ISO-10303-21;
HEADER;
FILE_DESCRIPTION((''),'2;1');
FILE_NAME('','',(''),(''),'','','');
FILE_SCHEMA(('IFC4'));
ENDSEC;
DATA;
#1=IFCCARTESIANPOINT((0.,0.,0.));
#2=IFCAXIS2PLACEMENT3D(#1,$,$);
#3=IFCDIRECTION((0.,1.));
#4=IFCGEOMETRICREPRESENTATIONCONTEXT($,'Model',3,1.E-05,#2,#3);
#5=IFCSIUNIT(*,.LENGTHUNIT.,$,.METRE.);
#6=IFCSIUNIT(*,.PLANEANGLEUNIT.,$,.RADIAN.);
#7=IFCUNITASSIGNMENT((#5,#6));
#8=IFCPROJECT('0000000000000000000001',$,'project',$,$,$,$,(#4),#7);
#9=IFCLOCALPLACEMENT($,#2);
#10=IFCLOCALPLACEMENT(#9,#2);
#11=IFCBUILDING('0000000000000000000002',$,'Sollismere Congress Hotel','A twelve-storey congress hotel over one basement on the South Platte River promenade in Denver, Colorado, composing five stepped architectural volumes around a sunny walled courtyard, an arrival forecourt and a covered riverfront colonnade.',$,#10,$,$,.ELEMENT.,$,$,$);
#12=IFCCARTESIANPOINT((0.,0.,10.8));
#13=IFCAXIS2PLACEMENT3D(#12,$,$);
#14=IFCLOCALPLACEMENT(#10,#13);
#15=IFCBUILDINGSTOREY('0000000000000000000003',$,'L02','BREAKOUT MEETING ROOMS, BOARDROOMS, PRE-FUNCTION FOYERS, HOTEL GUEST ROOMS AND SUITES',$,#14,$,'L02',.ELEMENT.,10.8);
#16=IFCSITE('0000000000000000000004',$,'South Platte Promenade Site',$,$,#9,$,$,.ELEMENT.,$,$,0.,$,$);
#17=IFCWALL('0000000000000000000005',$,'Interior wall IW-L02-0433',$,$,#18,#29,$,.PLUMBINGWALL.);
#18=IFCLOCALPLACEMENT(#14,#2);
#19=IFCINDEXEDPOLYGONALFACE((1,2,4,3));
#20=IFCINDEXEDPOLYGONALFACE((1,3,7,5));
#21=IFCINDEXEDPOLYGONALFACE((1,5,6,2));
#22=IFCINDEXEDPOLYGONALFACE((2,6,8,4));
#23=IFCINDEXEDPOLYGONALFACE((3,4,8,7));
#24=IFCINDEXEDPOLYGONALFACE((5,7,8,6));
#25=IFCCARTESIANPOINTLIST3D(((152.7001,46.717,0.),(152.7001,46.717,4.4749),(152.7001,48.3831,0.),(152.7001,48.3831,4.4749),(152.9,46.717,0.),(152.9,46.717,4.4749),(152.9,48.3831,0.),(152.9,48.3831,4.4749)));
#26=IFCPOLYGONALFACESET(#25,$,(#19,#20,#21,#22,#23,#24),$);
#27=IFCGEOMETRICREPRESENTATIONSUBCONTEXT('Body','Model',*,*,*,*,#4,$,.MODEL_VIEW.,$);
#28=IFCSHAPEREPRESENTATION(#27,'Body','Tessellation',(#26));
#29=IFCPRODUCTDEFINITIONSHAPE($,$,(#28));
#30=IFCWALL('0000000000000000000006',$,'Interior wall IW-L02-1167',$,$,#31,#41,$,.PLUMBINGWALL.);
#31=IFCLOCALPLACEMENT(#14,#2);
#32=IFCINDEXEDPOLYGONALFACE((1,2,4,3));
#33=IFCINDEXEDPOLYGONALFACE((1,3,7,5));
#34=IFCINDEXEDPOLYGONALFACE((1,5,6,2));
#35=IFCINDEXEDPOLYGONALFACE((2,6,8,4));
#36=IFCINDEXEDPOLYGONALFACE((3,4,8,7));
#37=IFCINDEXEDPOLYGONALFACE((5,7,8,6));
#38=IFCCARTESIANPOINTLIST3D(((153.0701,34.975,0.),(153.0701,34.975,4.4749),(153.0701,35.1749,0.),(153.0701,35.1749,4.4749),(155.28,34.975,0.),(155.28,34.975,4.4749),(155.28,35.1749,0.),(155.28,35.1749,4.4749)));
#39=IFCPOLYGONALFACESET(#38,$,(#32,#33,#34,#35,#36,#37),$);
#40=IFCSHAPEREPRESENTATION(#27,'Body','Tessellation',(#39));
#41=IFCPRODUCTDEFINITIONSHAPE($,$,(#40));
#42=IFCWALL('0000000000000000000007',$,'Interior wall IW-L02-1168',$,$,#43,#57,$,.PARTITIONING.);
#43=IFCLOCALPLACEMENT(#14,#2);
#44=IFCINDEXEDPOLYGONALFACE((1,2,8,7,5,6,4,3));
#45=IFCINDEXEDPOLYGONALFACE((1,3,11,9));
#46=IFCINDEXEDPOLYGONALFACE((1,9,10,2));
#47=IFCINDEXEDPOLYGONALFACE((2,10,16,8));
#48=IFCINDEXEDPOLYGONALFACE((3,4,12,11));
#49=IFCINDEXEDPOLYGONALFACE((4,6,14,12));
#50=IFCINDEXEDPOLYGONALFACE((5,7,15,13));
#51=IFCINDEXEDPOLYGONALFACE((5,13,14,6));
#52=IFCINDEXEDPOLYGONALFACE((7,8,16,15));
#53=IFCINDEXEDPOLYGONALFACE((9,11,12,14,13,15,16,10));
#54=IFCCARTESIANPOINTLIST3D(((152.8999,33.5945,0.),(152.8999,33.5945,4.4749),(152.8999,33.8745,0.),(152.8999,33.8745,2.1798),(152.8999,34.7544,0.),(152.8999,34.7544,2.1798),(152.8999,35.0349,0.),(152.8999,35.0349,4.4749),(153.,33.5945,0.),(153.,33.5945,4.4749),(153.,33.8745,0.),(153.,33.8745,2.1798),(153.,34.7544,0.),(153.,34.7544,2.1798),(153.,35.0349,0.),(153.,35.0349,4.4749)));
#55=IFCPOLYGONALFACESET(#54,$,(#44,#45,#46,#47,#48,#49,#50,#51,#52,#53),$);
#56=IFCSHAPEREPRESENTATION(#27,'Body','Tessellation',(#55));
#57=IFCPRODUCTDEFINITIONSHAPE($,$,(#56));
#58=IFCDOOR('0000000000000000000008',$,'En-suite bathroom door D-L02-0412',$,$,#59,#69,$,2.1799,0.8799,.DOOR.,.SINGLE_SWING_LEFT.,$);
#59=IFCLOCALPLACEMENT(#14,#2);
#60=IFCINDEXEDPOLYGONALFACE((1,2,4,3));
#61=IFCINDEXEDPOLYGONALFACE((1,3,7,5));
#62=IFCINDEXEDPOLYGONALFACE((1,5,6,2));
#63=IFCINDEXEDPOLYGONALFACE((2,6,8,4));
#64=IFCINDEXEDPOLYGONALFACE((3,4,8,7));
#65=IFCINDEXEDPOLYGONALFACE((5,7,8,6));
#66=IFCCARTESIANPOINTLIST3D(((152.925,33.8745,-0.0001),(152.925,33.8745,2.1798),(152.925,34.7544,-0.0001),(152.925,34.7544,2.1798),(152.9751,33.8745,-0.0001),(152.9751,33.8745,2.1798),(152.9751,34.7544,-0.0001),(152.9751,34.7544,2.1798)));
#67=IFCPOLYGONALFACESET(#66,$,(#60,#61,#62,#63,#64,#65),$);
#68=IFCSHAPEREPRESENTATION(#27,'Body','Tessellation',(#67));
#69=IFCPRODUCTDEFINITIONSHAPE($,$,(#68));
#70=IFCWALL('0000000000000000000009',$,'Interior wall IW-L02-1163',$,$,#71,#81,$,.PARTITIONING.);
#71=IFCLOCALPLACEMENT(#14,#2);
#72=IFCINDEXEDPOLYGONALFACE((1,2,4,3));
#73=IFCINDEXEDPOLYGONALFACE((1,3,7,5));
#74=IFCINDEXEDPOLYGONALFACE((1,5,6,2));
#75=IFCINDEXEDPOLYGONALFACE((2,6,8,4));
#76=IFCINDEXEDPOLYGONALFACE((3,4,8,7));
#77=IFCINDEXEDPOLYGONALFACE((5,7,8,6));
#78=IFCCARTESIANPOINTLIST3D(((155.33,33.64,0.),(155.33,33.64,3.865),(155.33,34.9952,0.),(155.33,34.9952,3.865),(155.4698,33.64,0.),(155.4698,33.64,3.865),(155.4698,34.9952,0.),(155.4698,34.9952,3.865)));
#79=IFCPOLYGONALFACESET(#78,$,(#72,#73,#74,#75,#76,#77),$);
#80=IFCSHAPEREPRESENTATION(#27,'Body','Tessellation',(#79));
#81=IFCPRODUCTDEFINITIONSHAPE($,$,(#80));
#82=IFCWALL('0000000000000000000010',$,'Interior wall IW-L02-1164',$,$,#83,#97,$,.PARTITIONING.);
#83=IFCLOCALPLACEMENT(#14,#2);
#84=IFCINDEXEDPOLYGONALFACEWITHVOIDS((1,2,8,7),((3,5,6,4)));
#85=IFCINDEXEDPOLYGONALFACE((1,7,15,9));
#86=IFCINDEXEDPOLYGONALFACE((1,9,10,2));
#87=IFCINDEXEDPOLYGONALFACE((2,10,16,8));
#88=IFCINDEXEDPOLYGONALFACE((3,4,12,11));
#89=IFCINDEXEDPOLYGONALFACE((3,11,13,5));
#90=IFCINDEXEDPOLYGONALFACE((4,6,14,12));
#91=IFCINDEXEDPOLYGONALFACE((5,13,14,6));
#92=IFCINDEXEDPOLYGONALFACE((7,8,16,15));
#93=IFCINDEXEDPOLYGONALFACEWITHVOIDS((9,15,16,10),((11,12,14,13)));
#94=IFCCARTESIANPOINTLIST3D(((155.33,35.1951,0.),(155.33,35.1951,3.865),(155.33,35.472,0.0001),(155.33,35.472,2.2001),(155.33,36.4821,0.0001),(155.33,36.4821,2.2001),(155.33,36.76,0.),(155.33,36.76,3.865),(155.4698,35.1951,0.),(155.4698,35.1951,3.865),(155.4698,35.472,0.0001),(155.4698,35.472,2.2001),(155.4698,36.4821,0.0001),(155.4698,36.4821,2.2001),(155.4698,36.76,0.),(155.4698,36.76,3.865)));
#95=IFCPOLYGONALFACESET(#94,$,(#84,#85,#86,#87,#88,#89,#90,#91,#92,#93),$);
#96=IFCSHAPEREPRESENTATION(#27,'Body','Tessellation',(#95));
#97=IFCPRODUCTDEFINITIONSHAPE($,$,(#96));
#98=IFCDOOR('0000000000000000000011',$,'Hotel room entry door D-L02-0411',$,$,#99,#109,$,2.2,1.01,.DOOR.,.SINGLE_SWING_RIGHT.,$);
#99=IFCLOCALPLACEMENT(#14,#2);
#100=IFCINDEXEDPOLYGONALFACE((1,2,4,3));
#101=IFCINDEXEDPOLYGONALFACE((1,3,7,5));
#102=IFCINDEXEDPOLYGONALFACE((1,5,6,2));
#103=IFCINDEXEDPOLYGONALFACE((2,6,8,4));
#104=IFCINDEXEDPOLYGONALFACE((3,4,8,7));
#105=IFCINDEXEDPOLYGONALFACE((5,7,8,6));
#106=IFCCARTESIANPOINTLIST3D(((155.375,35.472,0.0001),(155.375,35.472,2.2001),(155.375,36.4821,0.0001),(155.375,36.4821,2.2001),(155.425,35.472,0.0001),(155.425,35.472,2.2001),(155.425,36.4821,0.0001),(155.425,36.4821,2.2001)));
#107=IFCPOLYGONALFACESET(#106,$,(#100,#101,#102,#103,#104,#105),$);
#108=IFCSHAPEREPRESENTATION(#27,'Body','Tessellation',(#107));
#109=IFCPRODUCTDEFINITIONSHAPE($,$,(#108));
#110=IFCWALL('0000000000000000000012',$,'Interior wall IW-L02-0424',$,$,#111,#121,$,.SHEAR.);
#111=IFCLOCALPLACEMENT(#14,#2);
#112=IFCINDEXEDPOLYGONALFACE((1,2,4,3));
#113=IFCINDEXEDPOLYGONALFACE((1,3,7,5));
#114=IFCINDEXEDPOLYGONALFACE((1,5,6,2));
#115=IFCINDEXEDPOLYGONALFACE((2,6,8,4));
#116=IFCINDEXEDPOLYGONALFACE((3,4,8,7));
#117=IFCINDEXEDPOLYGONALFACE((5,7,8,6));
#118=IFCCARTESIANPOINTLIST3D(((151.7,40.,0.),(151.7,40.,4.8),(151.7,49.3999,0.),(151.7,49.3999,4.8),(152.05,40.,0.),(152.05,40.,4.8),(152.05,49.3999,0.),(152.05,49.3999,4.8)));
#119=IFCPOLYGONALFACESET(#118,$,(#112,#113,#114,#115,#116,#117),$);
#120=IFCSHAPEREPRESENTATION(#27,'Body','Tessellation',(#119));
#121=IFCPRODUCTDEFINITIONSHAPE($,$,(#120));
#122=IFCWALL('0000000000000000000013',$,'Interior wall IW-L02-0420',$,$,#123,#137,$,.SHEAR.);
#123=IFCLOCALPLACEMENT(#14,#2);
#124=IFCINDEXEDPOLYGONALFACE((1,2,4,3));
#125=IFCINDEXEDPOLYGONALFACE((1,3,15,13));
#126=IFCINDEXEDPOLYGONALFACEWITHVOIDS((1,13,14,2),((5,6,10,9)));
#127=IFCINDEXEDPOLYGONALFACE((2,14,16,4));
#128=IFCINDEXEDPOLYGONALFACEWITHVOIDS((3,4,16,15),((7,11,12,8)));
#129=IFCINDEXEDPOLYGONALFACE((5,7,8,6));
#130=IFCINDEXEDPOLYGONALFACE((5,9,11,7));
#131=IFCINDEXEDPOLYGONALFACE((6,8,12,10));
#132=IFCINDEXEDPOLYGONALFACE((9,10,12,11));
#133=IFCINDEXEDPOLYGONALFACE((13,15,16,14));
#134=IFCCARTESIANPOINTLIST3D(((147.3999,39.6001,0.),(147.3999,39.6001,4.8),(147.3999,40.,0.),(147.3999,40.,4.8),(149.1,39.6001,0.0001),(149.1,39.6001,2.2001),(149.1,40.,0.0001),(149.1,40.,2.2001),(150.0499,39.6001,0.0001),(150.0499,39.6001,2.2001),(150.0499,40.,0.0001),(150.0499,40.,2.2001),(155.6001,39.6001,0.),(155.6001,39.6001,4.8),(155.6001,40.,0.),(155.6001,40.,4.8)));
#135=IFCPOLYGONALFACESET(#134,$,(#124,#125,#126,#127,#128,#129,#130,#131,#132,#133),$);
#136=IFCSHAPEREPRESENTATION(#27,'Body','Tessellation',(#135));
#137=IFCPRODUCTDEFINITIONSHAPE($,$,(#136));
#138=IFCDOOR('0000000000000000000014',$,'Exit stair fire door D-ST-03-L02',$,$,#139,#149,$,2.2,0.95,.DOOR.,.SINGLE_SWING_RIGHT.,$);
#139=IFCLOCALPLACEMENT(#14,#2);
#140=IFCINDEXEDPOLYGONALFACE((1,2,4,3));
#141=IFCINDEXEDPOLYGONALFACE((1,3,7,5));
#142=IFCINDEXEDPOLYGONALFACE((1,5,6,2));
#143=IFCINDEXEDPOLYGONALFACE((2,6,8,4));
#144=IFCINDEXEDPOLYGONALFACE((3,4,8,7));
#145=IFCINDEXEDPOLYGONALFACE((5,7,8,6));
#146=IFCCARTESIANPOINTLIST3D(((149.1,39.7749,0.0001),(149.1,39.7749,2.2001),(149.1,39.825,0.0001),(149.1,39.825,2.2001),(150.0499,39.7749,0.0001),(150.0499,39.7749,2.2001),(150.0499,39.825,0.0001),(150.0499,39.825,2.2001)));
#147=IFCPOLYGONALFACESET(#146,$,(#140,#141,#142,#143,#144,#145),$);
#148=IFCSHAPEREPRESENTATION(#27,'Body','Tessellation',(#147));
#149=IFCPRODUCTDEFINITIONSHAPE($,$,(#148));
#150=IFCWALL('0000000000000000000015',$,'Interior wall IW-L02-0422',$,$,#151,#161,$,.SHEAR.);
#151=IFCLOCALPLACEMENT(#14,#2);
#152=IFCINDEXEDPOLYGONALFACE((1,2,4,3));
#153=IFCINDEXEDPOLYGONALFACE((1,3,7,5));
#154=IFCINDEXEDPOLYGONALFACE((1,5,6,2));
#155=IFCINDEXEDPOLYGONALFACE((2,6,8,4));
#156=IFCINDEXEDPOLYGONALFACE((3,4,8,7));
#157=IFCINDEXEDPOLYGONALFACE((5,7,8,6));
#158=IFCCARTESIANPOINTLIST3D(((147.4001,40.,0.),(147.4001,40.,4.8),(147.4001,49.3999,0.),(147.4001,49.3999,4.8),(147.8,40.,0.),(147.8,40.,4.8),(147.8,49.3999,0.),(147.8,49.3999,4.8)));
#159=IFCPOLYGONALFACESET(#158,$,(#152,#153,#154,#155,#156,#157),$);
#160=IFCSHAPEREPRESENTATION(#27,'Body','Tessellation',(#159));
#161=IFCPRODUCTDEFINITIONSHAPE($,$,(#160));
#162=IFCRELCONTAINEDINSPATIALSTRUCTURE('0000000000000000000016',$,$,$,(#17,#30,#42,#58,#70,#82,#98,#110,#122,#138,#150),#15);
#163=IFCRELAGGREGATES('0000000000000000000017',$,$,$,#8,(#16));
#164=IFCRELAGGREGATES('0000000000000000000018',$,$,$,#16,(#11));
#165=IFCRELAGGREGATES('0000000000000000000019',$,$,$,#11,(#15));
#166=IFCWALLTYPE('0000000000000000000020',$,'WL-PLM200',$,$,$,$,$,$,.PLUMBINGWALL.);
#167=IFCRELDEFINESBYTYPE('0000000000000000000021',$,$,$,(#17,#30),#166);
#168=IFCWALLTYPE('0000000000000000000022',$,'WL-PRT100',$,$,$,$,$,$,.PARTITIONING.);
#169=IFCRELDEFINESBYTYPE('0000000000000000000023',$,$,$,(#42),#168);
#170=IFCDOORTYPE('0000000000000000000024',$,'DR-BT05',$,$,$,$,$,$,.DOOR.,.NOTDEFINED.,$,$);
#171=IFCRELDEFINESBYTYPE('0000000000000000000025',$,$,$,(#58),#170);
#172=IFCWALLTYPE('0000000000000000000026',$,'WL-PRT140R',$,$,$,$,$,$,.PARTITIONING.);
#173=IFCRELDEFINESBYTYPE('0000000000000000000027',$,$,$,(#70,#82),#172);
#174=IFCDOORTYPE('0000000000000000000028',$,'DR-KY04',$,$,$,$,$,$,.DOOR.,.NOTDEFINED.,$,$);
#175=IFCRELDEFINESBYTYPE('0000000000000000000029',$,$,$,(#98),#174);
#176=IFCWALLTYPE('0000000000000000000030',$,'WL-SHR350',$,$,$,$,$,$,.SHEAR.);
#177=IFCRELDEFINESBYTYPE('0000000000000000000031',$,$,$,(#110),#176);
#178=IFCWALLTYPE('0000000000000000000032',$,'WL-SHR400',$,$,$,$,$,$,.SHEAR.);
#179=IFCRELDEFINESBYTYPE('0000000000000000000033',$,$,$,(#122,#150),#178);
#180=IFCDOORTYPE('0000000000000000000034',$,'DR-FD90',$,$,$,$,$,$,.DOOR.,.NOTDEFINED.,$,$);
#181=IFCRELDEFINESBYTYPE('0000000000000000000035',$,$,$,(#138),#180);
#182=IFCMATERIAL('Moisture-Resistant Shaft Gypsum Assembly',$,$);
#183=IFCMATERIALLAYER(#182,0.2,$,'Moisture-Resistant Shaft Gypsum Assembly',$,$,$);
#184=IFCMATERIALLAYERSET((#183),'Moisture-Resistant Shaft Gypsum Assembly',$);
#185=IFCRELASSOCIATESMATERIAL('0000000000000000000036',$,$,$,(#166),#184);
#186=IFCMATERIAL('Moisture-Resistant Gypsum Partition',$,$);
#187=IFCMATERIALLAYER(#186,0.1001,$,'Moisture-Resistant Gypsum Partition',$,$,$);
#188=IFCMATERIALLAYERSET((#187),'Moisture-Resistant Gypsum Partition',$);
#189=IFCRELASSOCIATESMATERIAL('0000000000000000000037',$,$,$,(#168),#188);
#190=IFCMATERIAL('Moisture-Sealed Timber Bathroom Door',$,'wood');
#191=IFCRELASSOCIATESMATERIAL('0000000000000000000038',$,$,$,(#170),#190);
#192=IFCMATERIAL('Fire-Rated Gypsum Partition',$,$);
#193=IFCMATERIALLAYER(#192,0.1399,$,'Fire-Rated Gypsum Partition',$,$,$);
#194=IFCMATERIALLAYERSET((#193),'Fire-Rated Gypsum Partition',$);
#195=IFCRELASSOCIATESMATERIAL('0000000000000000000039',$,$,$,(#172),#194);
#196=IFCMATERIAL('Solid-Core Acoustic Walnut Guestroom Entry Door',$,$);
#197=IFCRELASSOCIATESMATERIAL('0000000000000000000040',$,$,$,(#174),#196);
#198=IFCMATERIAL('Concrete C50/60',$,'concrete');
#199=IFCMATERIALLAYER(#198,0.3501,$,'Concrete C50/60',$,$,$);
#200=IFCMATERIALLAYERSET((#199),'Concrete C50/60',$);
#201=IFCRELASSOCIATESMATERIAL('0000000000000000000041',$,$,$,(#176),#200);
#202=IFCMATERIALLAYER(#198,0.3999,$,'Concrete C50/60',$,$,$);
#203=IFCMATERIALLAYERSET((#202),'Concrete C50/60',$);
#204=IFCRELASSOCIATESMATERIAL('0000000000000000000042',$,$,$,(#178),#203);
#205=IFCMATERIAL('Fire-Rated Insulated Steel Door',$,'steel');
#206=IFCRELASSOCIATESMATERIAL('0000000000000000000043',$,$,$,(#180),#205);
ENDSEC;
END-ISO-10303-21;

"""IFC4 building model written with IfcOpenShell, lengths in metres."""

from ifc_helpers import new_model, si_unit, direction, frame, frame_2d, origin, place, context, subcontext, project, spatial, rectangle, extrude, material, layer, layer_set, type_object, element, fill, save


model = new_model("IFC4")

# Units and contexts
model_context = context("Model", 3, precision=1e-05, world=origin(), true_north=direction((0.0, 1.0)))
body_context = subcontext(model_context, "Body", "Model", "MODEL_VIEW")
ifc_project = project(units=[si_unit("LENGTHUNIT", "METRE"), si_unit("PLANEANGLEUNIT", "RADIAN")], contexts=[model_context])

# Site, building, storey
site_placement = place(None, origin())
site = spatial("IfcSite", under=ifc_project, at=site_placement, Name="South Platte Promenade Site", CompositionType="ELEMENT", RefElevation=0.0)
building_placement = place(site_placement, origin())
building = spatial("IfcBuilding", under=site, at=building_placement, Name="Sollismere Congress Hotel", Description="A twelve-storey congress hotel over one basement on the South Platte River promenade in Denver, Colorado, composing five stepped architectural volumes around a sunny walled courtyard, an arrival forecourt and a covered riverfront colonnade.", CompositionType="ELEMENT")
storey_placement = place(building_placement, frame((0.0, 0.0, 10.8)))
storey = spatial("IfcBuildingStorey", under=building, at=storey_placement, Name="L02", Description="BREAKOUT MEETING ROOMS, BOARDROOMS, PRE-FUNCTION FOYERS, HOTEL GUEST ROOMS AND SUITES", LongName="L02", CompositionType="ELEMENT", Elevation=10.8)

# Walls
ifc_material_1 = material(Name="Moisture-Resistant Shaft Gypsum Assembly")
ifc_layer_1 = layer(ifc_material_1, 0.2, Name="Moisture-Resistant Shaft Gypsum Assembly")
ifc_layer_set_1 = layer_set([ifc_layer_1], Name="Moisture-Resistant Shaft Gypsum Assembly")
wall_type_1 = type_object("IfcWallType", Name="WL-PLM200", PredefinedType="PLUMBINGWALL", material=ifc_layer_set_1)
wall_1_placement = place(storey_placement, frame((152.8, 46.717, 0.0), z_axis=(0.0, 0.0, 1.0), x_axis=(0.0, 1.0, 0.0)))
element("IfcWall", 1, at=wall_1_placement, inside=storey, type_object=wall_type_1, Name="Interior wall IW-L02-0433", PredefinedType="PLUMBINGWALL", context=body_context, shape_type="SweptSolid", body=[
    extrude(rectangle(XDim=1.666, YDim=0.2, at=frame_2d((0.833, 0.0))), origin(), (0.0, 0.0, 1.0), 4.4749),
])
wall_2_placement = place(storey_placement, frame((153.0701, 35.075, 0.0), z_axis=(0.0, 0.0, 1.0), x_axis=(1.0, 0.0, 0.0)))
element("IfcWall", 2, at=wall_2_placement, inside=storey, type_object=wall_type_1, Name="Interior wall IW-L02-1167", PredefinedType="PLUMBINGWALL", context=body_context, shape_type="SweptSolid", body=[
    extrude(rectangle(XDim=2.21, YDim=0.2, at=frame_2d((1.105, 0.0))), origin(), (0.0, 0.0, 1.0), 4.4749),
])

# Wall, opening, door
ifc_material_2 = material(Name="Moisture-Resistant Gypsum Partition")
ifc_layer_2 = layer(ifc_material_2, 0.1001, Name="Moisture-Resistant Gypsum Partition")
ifc_layer_set_2 = layer_set([ifc_layer_2], Name="Moisture-Resistant Gypsum Partition")
wall_type_2 = type_object("IfcWallType", Name="WL-PRT100", PredefinedType="PARTITIONING", material=ifc_layer_set_2)
wall_3_placement = place(storey_placement, frame((152.95, 33.5945, 0.0), z_axis=(0.0, 0.0, 1.0), x_axis=(0.0, 1.0, 0.0)))
wall_3 = element("IfcWall", 3, at=wall_3_placement, inside=storey, type_object=wall_type_2, Name="Interior wall IW-L02-1168", PredefinedType="PARTITIONING", context=body_context, shape_type="SweptSolid", body=[
    extrude(rectangle(XDim=1.4404, YDim=0.1001, at=frame_2d((0.7202, 0.0))), origin(), (0.0, 0.0, 1.0), 4.4749),
])
opening_1_placement = place(wall_3_placement, frame((0.28, 0.0, 0.0)))
opening_1 = element("IfcOpeningElement", 4, at=opening_1_placement, cuts=wall_3, PredefinedType="OPENING", context=body_context, shape_type="SweptSolid", body=[
    extrude(rectangle(XDim=0.8799, YDim=2.1799, at=frame_2d((0.4399, 1.0898))), frame((0.0, 0.0601, 0.0), z_axis=(0.0, -1.0, 0.0), x_axis=(1.0, 0.0, 0.0)), (0.0, 0.0, 1.0), 0.1201),
])
ifc_material_3 = material(Name="Moisture-Sealed Timber Bathroom Door", Category="wood")
door_type_1 = type_object("IfcDoorType", Name="DR-BT05", OperationType="NOTDEFINED", PredefinedType="DOOR", material=ifc_material_3)
door_1_placement = place(opening_1_placement, origin())
door_1 = element("IfcDoor", 5, at=door_1_placement, inside=storey, type_object=door_type_1, Name="En-suite bathroom door D-L02-0412", OperationType="SINGLE_SWING_LEFT", OverallHeight=2.1799, OverallWidth=0.8799, PredefinedType="DOOR", context=body_context, shape_type="SweptSolid", body=[
    extrude(rectangle(XDim=0.8799, YDim=2.1799, at=frame_2d((0.4399, 1.0898))), frame((0.0, 0.0249, 0.0), z_axis=(0.0, -1.0, 0.0), x_axis=(1.0, 0.0, 0.0)), (0.0, 0.0, 1.0), 0.05),
])
fill(opening_1, door_1)

# Wall
ifc_material_4 = material(Name="Fire-Rated Gypsum Partition")
ifc_layer_3 = layer(ifc_material_4, 0.1399, Name="Fire-Rated Gypsum Partition")
ifc_layer_set_3 = layer_set([ifc_layer_3], Name="Fire-Rated Gypsum Partition")
wall_type_3 = type_object("IfcWallType", Name="WL-PRT140R", PredefinedType="PARTITIONING", material=ifc_layer_set_3)
wall_4_placement = place(storey_placement, frame((155.3999, 33.6399, 0.0), z_axis=(0.0, 0.0, 1.0), x_axis=(0.0, 1.0, 0.0)))
element("IfcWall", 6, at=wall_4_placement, inside=storey, type_object=wall_type_3, Name="Interior wall IW-L02-1163", PredefinedType="PARTITIONING", context=body_context, shape_type="SweptSolid", body=[
    extrude(rectangle(XDim=1.3552, YDim=0.1399, at=frame_2d((0.6777, 0.0))), origin(), (0.0, 0.0, 1.0), 3.865),
])

# Wall, opening, door
wall_5_placement = place(storey_placement, frame((155.3999, 35.1951, 0.0), z_axis=(0.0, 0.0, 1.0), x_axis=(0.0, 1.0, 0.0)))
wall_5 = element("IfcWall", 7, at=wall_5_placement, inside=storey, type_object=wall_type_3, Name="Interior wall IW-L02-1164", PredefinedType="PARTITIONING", context=body_context, shape_type="SweptSolid", body=[
    extrude(rectangle(XDim=1.5649, YDim=0.1399, at=frame_2d((0.7825, 0.0))), origin(), (0.0, 0.0, 1.0), 3.865),
])
opening_2_placement = place(wall_5_placement, frame((0.2771, 0.0, 0.0)))
opening_2 = element("IfcOpeningElement", 8, at=opening_2_placement, cuts=wall_5, PredefinedType="OPENING", context=body_context, shape_type="SweptSolid", body=[
    extrude(rectangle(XDim=1.01, YDim=2.2, at=frame_2d((0.5049, 1.1001))), frame((0.0, 0.0798, 0.0), z_axis=(0.0, -1.0, 0.0), x_axis=(1.0, 0.0, 0.0)), (0.0, 0.0, 1.0), 0.1599),
])
ifc_material_5 = material(Name="Solid-Core Acoustic Walnut Guestroom Entry Door")
door_type_2 = type_object("IfcDoorType", Name="DR-KY04", OperationType="NOTDEFINED", PredefinedType="DOOR", material=ifc_material_5)
door_2_placement = place(opening_2_placement, origin())
door_2 = element("IfcDoor", 9, at=door_2_placement, inside=storey, type_object=door_type_2, Name="Hotel room entry door D-L02-0411", OperationType="SINGLE_SWING_RIGHT", OverallHeight=2.2, OverallWidth=1.01, PredefinedType="DOOR", context=body_context, shape_type="SweptSolid", body=[
    extrude(rectangle(XDim=1.01, YDim=2.2, at=frame_2d((0.5049, 1.1001))), frame((0.0, 0.0249, 0.0), z_axis=(0.0, -1.0, 0.0), x_axis=(1.0, 0.0, 0.0)), (0.0, 0.0, 1.0), 0.05),
])
fill(opening_2, door_2)

# Wall
ifc_material_6 = material(Name="Concrete C50/60", Category="concrete")
ifc_layer_4 = layer(ifc_material_6, 0.3501, Name="Concrete C50/60")
ifc_layer_set_4 = layer_set([ifc_layer_4], Name="Concrete C50/60")
wall_type_4 = type_object("IfcWallType", Name="WL-SHR350", PredefinedType="SHEAR", material=ifc_layer_set_4)
wall_6_placement = place(storey_placement, frame((151.875, 40.0, 0.0), z_axis=(0.0, 0.0, 1.0), x_axis=(0.0, 1.0, 0.0)))
element("IfcWall", 10, at=wall_6_placement, inside=storey, type_object=wall_type_4, Name="Interior wall IW-L02-0424", PredefinedType="SHEAR", context=body_context, shape_type="SweptSolid", body=[
    extrude(rectangle(XDim=9.3999, YDim=0.3501, at=frame_2d((4.7, 0.0))), origin(), (0.0, 0.0, 1.0), 4.8),
])

# Wall, opening, door
ifc_layer_5 = layer(ifc_material_6, 0.3999, Name="Concrete C50/60")
ifc_layer_set_5 = layer_set([ifc_layer_5], Name="Concrete C50/60")
wall_type_5 = type_object("IfcWallType", Name="WL-SHR400", PredefinedType="SHEAR", material=ifc_layer_set_5)
wall_7_placement = place(storey_placement, frame((147.3999, 39.8, 0.0), z_axis=(0.0, 0.0, 1.0), x_axis=(1.0, 0.0, 0.0)))
wall_7 = element("IfcWall", 11, at=wall_7_placement, inside=storey, type_object=wall_type_5, Name="Interior wall IW-L02-0420", PredefinedType="SHEAR", context=body_context, shape_type="SweptSolid", body=[
    extrude(rectangle(XDim=8.2002, YDim=0.3999, at=frame_2d((4.1001, 0.0))), origin(), (0.0, 0.0, 1.0), 4.8),
])
opening_3_placement = place(wall_7_placement, frame((1.7, 0.0, 0.0)))
opening_3 = element("IfcOpeningElement", 12, at=opening_3_placement, cuts=wall_7, PredefinedType="OPENING", context=body_context, shape_type="SweptSolid", body=[
    extrude(rectangle(XDim=0.95, YDim=2.2, at=frame_2d((0.4751, 1.1001))), frame((0.0, 0.21, 0.0), z_axis=(0.0, -1.0, 0.0), x_axis=(1.0, 0.0, 0.0)), (0.0, 0.0, 1.0), 0.4199),
])
ifc_material_7 = material(Name="Fire-Rated Insulated Steel Door", Category="steel")
door_type_3 = type_object("IfcDoorType", Name="DR-FD90", OperationType="NOTDEFINED", PredefinedType="DOOR", material=ifc_material_7)
door_3_placement = place(opening_3_placement, origin())
door_3 = element("IfcDoor", 13, at=door_3_placement, inside=storey, type_object=door_type_3, Name="Exit stair fire door D-ST-03-L02", OperationType="SINGLE_SWING_RIGHT", OverallHeight=2.2, OverallWidth=0.95, PredefinedType="DOOR", context=body_context, shape_type="SweptSolid", body=[
    extrude(rectangle(XDim=0.95, YDim=2.2, at=frame_2d((0.4751, 1.1001))), frame((0.0, 0.0249, 0.0), z_axis=(0.0, -1.0, 0.0), x_axis=(1.0, 0.0, 0.0)), (0.0, 0.0, 1.0), 0.05),
])
fill(opening_3, door_3)

# Wall
wall_8_placement = place(storey_placement, frame((147.6001, 49.3999, 0.0), z_axis=(0.0, 0.0, 1.0), x_axis=(0.0, -1.0, 0.0)))
element("IfcWall", 14, at=wall_8_placement, inside=storey, type_object=wall_type_5, Name="Interior wall IW-L02-0422", PredefinedType="SHEAR", context=body_context, shape_type="SweptSolid", body=[
    extrude(rectangle(XDim=9.3999, YDim=0.3999, at=frame_2d((4.7, 0.0))), origin(), (0.0, 0.0, 1.0), 4.8),
])

save(model, "model.ifc")
